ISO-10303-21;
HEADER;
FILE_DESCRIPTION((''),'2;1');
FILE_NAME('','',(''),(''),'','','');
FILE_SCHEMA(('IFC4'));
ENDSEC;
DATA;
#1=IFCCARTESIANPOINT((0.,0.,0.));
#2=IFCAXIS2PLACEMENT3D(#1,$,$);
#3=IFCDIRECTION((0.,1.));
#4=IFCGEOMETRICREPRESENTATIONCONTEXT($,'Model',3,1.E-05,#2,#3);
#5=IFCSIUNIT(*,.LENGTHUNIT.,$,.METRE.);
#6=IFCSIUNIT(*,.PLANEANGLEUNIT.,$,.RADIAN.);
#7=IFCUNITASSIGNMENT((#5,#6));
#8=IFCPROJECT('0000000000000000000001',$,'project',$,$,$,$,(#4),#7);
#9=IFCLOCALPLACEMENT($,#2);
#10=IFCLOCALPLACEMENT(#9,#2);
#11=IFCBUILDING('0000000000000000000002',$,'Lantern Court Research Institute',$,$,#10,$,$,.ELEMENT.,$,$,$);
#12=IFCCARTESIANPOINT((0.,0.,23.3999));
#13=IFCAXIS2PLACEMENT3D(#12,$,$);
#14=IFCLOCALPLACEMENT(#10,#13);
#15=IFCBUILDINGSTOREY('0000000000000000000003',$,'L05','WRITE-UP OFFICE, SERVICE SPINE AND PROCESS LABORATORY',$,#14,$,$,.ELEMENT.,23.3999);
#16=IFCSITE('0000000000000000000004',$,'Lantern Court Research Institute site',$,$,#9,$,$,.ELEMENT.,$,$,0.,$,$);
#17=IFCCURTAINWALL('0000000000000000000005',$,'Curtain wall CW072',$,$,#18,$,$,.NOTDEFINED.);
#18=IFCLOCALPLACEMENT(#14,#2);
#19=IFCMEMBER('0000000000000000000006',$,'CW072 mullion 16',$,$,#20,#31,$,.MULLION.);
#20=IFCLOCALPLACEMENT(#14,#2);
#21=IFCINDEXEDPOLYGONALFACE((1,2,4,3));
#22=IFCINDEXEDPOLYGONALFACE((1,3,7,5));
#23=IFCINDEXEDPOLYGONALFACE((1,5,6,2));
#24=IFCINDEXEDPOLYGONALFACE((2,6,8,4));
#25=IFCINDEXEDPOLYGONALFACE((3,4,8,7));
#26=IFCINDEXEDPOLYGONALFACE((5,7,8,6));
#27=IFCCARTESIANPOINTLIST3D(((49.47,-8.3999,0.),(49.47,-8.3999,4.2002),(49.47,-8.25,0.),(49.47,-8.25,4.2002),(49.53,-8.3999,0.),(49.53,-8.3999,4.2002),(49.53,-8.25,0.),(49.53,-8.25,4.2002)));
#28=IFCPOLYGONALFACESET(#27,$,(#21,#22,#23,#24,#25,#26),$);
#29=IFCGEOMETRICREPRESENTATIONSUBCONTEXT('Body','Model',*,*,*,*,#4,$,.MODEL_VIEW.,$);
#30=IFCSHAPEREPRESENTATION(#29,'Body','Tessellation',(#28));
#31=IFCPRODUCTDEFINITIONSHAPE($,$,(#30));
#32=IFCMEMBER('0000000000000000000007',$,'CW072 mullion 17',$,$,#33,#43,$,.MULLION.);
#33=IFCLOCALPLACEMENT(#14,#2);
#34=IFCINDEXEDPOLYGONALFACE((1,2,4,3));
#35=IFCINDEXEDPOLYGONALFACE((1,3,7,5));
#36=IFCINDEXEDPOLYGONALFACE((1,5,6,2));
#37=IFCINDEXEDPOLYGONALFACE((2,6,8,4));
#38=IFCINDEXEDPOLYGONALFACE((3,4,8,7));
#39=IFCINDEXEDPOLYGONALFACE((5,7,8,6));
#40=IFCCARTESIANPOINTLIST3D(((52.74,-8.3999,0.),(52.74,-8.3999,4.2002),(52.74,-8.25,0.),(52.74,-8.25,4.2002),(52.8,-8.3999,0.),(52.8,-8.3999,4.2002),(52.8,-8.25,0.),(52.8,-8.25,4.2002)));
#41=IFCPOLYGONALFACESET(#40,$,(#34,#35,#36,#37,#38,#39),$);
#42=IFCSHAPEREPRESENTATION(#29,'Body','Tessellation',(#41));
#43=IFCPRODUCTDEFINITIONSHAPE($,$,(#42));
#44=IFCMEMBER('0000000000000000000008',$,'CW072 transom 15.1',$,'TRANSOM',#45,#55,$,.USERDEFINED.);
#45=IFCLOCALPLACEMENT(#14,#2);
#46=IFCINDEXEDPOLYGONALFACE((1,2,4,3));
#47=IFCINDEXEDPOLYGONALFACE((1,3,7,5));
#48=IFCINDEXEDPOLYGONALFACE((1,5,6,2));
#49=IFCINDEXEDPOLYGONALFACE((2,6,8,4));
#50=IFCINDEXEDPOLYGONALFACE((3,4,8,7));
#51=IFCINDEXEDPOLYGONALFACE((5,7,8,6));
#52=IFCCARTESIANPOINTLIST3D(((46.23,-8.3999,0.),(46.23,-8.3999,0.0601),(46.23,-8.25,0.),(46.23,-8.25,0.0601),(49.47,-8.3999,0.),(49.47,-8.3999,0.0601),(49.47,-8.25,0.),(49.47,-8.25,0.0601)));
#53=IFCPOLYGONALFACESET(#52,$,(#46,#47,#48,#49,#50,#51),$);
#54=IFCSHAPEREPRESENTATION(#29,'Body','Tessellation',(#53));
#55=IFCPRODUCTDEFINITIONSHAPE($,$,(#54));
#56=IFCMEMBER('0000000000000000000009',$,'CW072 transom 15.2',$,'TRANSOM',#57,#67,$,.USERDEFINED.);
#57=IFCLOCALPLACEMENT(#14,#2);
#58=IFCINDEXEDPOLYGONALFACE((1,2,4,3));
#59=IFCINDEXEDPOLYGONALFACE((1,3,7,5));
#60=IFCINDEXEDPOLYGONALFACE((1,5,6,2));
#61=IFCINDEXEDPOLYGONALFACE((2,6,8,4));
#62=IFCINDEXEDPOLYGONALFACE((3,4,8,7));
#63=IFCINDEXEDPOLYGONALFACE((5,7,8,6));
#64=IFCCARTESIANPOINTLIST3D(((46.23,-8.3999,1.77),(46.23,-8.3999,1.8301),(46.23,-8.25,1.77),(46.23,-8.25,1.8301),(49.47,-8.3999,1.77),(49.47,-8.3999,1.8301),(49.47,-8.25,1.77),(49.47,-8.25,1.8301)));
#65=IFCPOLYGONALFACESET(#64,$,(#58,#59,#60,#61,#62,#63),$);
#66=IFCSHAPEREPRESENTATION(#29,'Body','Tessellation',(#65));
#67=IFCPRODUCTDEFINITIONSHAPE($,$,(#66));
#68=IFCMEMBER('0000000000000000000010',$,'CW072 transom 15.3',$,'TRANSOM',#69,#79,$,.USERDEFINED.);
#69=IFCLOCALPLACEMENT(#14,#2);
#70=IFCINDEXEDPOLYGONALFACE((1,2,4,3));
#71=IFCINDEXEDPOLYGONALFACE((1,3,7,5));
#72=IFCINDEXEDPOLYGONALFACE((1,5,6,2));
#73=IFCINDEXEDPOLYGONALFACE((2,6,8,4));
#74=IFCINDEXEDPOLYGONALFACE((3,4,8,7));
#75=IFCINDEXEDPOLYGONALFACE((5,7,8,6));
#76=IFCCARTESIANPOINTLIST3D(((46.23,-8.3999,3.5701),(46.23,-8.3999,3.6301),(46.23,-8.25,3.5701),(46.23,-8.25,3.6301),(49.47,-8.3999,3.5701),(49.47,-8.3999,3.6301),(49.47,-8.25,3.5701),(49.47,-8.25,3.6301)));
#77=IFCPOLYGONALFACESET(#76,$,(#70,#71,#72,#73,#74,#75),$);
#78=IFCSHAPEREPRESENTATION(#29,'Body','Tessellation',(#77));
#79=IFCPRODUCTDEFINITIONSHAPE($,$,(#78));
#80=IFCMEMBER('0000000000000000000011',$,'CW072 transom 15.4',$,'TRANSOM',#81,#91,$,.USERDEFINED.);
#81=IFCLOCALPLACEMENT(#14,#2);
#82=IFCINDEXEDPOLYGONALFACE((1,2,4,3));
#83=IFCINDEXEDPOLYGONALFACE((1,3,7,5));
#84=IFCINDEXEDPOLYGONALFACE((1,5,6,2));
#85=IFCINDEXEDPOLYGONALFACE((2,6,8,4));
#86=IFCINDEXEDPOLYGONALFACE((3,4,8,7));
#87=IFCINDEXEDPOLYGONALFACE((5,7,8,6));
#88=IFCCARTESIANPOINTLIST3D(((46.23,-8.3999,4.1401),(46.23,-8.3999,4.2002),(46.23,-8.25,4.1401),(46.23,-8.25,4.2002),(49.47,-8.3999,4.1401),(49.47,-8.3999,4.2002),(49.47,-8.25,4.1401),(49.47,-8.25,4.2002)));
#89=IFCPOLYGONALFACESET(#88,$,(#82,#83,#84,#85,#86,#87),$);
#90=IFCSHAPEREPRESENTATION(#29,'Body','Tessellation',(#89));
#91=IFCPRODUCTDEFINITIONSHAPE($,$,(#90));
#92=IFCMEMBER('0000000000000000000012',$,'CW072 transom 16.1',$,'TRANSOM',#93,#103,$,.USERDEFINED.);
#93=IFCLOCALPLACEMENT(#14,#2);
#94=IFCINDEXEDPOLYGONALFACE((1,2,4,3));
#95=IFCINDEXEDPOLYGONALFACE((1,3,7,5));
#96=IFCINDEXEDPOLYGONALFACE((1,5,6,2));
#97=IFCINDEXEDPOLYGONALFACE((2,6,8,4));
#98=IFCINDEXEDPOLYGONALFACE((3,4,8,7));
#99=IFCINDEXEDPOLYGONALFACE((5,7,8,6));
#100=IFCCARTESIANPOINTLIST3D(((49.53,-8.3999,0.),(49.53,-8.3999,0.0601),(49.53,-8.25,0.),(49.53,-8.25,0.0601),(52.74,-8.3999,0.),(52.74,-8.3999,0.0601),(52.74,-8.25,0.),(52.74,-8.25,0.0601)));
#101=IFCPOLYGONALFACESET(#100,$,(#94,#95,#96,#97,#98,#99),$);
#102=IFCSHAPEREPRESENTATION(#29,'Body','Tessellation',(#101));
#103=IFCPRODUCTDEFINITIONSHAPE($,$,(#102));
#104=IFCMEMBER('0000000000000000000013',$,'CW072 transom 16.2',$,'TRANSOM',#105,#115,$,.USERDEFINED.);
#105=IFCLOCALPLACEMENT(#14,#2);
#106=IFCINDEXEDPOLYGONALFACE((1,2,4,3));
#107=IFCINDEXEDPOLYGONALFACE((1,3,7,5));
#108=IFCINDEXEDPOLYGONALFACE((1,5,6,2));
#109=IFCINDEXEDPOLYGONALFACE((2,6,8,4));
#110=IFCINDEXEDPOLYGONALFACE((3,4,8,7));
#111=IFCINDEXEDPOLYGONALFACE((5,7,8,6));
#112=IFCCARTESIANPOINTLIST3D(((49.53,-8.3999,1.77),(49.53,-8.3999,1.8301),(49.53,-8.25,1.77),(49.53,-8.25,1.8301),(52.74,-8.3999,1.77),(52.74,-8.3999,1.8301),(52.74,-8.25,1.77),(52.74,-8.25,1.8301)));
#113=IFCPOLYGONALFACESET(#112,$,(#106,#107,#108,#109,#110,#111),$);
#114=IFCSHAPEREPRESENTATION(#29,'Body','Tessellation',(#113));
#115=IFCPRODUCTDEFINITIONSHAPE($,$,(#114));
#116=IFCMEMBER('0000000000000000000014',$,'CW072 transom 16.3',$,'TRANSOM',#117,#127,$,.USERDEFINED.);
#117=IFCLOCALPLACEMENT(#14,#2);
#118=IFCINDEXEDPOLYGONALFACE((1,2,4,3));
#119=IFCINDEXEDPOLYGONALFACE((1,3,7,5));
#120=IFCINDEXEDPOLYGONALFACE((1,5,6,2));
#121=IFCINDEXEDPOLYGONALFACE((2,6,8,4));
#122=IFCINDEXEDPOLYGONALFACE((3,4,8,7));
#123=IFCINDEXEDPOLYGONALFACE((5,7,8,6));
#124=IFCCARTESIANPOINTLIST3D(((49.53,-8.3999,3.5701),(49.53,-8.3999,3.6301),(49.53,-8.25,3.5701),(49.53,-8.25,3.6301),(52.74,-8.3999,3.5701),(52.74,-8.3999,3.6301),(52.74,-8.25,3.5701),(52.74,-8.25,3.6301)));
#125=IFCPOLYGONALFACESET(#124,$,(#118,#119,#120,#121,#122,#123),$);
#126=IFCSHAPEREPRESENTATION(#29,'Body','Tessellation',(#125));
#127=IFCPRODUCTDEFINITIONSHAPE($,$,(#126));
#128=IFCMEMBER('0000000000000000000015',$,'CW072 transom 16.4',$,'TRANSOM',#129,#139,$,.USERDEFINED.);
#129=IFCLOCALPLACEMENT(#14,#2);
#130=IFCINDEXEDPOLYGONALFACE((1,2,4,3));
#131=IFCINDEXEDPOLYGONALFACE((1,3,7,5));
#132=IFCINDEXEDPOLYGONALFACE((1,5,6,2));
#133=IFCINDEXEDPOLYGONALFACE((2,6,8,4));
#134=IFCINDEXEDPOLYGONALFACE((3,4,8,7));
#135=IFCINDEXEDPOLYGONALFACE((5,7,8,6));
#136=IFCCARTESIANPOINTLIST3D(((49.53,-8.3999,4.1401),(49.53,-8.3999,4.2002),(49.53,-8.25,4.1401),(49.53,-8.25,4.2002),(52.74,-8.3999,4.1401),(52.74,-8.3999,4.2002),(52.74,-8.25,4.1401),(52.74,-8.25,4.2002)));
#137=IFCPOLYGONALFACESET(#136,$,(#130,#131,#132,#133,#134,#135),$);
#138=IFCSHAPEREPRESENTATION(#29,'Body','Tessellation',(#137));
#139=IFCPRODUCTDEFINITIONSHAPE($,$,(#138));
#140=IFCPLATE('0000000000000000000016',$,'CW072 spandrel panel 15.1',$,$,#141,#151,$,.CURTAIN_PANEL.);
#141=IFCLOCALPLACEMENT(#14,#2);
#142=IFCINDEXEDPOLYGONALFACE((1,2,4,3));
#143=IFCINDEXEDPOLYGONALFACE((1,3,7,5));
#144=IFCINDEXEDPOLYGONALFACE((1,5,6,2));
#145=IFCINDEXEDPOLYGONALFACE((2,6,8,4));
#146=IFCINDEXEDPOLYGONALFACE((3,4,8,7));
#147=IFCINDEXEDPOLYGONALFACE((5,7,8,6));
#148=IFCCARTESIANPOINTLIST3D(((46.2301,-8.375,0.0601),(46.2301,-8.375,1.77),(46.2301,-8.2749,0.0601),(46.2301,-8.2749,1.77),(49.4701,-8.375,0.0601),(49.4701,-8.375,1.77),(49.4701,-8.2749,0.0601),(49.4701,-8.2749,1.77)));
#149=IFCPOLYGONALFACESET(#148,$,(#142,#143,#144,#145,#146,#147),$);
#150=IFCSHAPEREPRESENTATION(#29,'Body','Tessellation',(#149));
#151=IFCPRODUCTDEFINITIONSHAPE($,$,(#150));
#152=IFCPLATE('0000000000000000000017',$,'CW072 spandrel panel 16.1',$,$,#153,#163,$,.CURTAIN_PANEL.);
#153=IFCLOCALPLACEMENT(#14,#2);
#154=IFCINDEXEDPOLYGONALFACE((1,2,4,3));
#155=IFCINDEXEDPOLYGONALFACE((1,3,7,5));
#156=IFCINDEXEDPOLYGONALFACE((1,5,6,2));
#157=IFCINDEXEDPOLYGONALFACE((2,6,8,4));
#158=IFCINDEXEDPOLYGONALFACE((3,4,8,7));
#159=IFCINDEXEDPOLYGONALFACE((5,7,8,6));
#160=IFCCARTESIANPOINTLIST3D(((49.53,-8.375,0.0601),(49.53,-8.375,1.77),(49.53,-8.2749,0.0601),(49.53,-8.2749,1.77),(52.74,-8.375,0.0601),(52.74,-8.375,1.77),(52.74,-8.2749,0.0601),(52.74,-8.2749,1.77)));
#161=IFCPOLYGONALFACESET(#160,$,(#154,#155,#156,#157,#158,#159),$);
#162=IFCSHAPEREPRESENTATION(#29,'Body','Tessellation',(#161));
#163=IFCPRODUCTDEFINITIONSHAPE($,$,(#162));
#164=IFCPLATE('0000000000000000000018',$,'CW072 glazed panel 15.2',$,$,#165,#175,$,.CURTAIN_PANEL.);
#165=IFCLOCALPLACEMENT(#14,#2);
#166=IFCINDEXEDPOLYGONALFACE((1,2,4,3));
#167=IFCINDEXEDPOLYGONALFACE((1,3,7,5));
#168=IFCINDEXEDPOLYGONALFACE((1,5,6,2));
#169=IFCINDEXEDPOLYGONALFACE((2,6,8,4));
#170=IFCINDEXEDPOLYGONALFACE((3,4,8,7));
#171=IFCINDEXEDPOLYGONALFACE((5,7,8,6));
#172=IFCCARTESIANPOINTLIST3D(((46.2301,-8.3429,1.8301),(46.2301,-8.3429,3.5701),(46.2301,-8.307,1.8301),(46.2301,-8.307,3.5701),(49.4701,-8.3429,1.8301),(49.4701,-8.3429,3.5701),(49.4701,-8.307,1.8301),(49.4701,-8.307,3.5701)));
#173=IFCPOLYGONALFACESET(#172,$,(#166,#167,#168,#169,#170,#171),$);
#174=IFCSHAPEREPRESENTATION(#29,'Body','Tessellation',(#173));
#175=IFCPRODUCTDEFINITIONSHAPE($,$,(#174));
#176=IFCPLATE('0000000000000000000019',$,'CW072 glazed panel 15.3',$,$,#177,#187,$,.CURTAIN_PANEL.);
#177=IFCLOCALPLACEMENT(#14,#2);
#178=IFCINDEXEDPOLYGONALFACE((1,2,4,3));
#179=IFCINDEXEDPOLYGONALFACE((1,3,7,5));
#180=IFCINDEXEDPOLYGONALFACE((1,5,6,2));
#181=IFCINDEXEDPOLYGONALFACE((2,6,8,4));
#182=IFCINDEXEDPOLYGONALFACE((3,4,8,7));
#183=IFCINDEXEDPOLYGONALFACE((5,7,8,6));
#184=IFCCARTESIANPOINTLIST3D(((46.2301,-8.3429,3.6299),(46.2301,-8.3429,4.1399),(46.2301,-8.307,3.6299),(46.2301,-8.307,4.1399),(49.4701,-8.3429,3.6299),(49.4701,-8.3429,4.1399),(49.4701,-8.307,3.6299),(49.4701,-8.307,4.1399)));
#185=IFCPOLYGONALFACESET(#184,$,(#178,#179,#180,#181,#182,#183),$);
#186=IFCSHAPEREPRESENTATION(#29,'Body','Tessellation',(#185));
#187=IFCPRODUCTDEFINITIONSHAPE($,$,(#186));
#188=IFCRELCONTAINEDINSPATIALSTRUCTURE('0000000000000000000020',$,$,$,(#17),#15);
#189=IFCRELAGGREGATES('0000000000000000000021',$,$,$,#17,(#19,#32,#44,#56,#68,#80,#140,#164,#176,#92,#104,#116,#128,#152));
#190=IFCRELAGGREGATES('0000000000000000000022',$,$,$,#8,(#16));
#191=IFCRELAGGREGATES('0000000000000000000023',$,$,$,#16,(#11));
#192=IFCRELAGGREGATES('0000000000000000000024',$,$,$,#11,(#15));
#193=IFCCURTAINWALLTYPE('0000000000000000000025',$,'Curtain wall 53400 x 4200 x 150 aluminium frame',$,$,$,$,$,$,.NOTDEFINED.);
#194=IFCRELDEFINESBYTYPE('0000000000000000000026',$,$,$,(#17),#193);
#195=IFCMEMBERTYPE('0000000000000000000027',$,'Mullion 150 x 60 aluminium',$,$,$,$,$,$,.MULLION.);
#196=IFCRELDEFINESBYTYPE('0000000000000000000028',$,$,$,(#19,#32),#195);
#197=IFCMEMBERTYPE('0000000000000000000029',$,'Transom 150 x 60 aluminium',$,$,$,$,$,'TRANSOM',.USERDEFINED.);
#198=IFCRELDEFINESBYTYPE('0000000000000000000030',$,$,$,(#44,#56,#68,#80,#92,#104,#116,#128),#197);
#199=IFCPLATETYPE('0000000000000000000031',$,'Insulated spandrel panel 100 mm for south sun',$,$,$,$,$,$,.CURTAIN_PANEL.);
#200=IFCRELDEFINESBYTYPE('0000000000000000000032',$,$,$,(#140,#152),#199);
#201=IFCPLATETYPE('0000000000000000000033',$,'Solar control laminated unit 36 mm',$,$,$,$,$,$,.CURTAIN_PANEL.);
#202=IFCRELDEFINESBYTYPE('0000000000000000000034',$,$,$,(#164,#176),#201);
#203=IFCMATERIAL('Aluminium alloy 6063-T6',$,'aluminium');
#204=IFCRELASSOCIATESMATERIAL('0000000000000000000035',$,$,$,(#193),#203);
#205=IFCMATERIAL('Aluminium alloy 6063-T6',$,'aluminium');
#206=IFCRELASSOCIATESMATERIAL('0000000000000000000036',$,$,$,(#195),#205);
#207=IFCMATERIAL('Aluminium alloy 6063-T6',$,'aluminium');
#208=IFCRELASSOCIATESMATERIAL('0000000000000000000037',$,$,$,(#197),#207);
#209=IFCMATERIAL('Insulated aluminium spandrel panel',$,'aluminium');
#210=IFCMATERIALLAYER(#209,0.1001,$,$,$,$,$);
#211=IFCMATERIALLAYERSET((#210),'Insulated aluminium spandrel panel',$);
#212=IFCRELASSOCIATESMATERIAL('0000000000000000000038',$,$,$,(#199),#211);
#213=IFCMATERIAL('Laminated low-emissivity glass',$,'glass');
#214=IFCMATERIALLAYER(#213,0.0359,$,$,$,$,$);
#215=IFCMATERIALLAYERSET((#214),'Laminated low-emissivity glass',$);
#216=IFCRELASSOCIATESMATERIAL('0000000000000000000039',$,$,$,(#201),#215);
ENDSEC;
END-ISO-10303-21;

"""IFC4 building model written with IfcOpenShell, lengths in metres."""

from ifc_helpers import new_model, si_unit, direction, frame, origin, origin_2d, place, context, subcontext, project, spatial, rectangle, extrude, material, layer, layer_set, material_profile, profile_set, type_object, element, aggregate, save


model = new_model("IFC4")

# Units and contexts
model_context = context("Model", 3, precision=1e-05, world=origin(), true_north=direction((0.0, 1.0)))
body_context = subcontext(model_context, "Body", "Model", "MODEL_VIEW")
ifc_project = project(units=[si_unit("LENGTHUNIT", "METRE"), si_unit("PLANEANGLEUNIT", "RADIAN")], contexts=[model_context])

# Site, building, storey
site_placement = place(None, origin())
site = spatial("IfcSite", under=ifc_project, at=site_placement, Name="Lantern Court Research Institute site", CompositionType="ELEMENT", RefElevation=0.0)
building_placement = place(site_placement, origin())
building = spatial("IfcBuilding", under=site, at=building_placement, Name="Lantern Court Research Institute", CompositionType="ELEMENT")
storey_placement = place(building_placement, frame((0.0, 0.0, 23.3999)))
storey = spatial("IfcBuildingStorey", under=building, at=storey_placement, Name="L05", Description="WRITE-UP OFFICE, SERVICE SPINE AND PROCESS LABORATORY", CompositionType="ELEMENT", Elevation=23.3999)

# Curtain wall, members, plates
ifc_material_1 = material(Name="Aluminium alloy 6063-T6", Category="aluminium")
curtain_wall_type = type_object("IfcCurtainWallType", Name="Curtain wall 53400 x 4200 x 150 aluminium frame", PredefinedType="NOTDEFINED", material=ifc_material_1)
curtain_wall_placement = place(storey_placement, origin())
curtain_wall = element("IfcCurtainWall", 1, at=curtain_wall_placement, inside=storey, type_object=curtain_wall_type, Name="Curtain wall CW072", PredefinedType="NOTDEFINED")
ifc_material_2 = material(Name="Aluminium alloy 6063-T6", Category="aluminium")
ifc_material_profile_1 = material_profile(ifc_material_2, rectangle(XDim=0.1499, YDim=0.0601, at=origin_2d()), Name="Mullion 150 x 60")
ifc_profile_set_1 = profile_set([ifc_material_profile_1], Name="Aluminium alloy 6063-T6")
member_type_1 = type_object("IfcMemberType", Name="Mullion 150 x 60 aluminium", PredefinedType="MULLION", material=ifc_profile_set_1)
member_1_placement = place(storey_placement, frame((49.5, -8.325, 0.0), z_axis=(0.0, 0.0, 1.0), x_axis=(0.0, -1.0, 0.0)))
member_1 = element("IfcMember", 2, at=member_1_placement, type_object=member_type_1, Name="CW072 mullion 16", PredefinedType="MULLION", context=body_context, shape_type="SweptSolid", body=[
    extrude(rectangle(XDim=0.1499, YDim=0.0601, at=origin_2d()), origin(), (0.0, 0.0, 1.0), 4.2002),
])
member_2_placement = place(storey_placement, frame((52.77, -8.325, 0.0), z_axis=(0.0, 0.0, 1.0), x_axis=(0.0, -1.0, 0.0)))
member_2 = element("IfcMember", 3, at=member_2_placement, type_object=member_type_1, Name="CW072 mullion 17", PredefinedType="MULLION", context=body_context, shape_type="SweptSolid", body=[
    extrude(rectangle(XDim=0.1499, YDim=0.0601, at=origin_2d()), origin(), (0.0, 0.0, 1.0), 4.2002),
])
ifc_material_3 = material(Name="Aluminium alloy 6063-T6", Category="aluminium")
ifc_material_profile_2 = material_profile(ifc_material_3, rectangle(XDim=0.1499, YDim=0.0601, at=origin_2d()), Name="Transom 150 x 60")
ifc_profile_set_2 = profile_set([ifc_material_profile_2], Name="Aluminium alloy 6063-T6")
member_type_2 = type_object("IfcMemberType", Name="Transom 150 x 60 aluminium", ElementType="TRANSOM", PredefinedType="USERDEFINED", material=ifc_profile_set_2)
member_3_placement = place(storey_placement, frame((49.47, -8.325, 0.03), z_axis=(-1.0, 0.0, 0.0), x_axis=(0.0, -1.0, 0.0)))
member_3 = element("IfcMember", 4, at=member_3_placement, type_object=member_type_2, Name="CW072 transom 15.1", ObjectType="TRANSOM", PredefinedType="USERDEFINED", context=body_context, shape_type="SweptSolid", body=[
    extrude(rectangle(XDim=0.1499, YDim=0.0601, at=origin_2d()), origin(), (0.0, 0.0, 1.0), 3.24),
])
member_4_placement = place(storey_placement, frame((49.47, -8.325, 1.8), z_axis=(-1.0, 0.0, 0.0), x_axis=(0.0, -1.0, 0.0)))
member_4 = element("IfcMember", 5, at=member_4_placement, type_object=member_type_2, Name="CW072 transom 15.2", ObjectType="TRANSOM", PredefinedType="USERDEFINED", context=body_context, shape_type="SweptSolid", body=[
    extrude(rectangle(XDim=0.1499, YDim=0.0601, at=origin_2d()), origin(), (0.0, 0.0, 1.0), 3.24),
])
member_5_placement = place(storey_placement, frame((49.47, -8.325, 3.6001), z_axis=(-1.0, 0.0, 0.0), x_axis=(0.0, -1.0, 0.0)))
member_5 = element("IfcMember", 6, at=member_5_placement, type_object=member_type_2, Name="CW072 transom 15.3", ObjectType="TRANSOM", PredefinedType="USERDEFINED", context=body_context, shape_type="SweptSolid", body=[
    extrude(rectangle(XDim=0.1499, YDim=0.0601, at=origin_2d()), origin(), (0.0, 0.0, 1.0), 3.24),
])
member_6_placement = place(storey_placement, frame((49.47, -8.325, 4.1702), z_axis=(-1.0, 0.0, 0.0), x_axis=(0.0, -1.0, 0.0)))
member_6 = element("IfcMember", 7, at=member_6_placement, type_object=member_type_2, Name="CW072 transom 15.4", ObjectType="TRANSOM", PredefinedType="USERDEFINED", context=body_context, shape_type="SweptSolid", body=[
    extrude(rectangle(XDim=0.1499, YDim=0.0601, at=origin_2d()), origin(), (0.0, 0.0, 1.0), 3.24),
])
member_7_placement = place(storey_placement, frame((52.74, -8.325, 0.03), z_axis=(-1.0, 0.0, 0.0), x_axis=(0.0, -1.0, 0.0)))
member_7 = element("IfcMember", 8, at=member_7_placement, type_object=member_type_2, Name="CW072 transom 16.1", ObjectType="TRANSOM", PredefinedType="USERDEFINED", context=body_context, shape_type="SweptSolid", body=[
    extrude(rectangle(XDim=0.1499, YDim=0.0601, at=origin_2d()), origin(), (0.0, 0.0, 1.0), 3.21),
])
member_8_placement = place(storey_placement, frame((52.74, -8.325, 1.8), z_axis=(-1.0, 0.0, 0.0), x_axis=(0.0, -1.0, 0.0)))
member_8 = element("IfcMember", 9, at=member_8_placement, type_object=member_type_2, Name="CW072 transom 16.2", ObjectType="TRANSOM", PredefinedType="USERDEFINED", context=body_context, shape_type="SweptSolid", body=[
    extrude(rectangle(XDim=0.1499, YDim=0.0601, at=origin_2d()), origin(), (0.0, 0.0, 1.0), 3.21),
])
member_9_placement = place(storey_placement, frame((52.74, -8.325, 3.6001), z_axis=(-1.0, 0.0, 0.0), x_axis=(0.0, -1.0, 0.0)))
member_9 = element("IfcMember", 10, at=member_9_placement, type_object=member_type_2, Name="CW072 transom 16.3", ObjectType="TRANSOM", PredefinedType="USERDEFINED", context=body_context, shape_type="SweptSolid", body=[
    extrude(rectangle(XDim=0.1499, YDim=0.0601, at=origin_2d()), origin(), (0.0, 0.0, 1.0), 3.21),
])
member_10_placement = place(storey_placement, frame((52.74, -8.325, 4.1702), z_axis=(-1.0, 0.0, 0.0), x_axis=(0.0, -1.0, 0.0)))
member_10 = element("IfcMember", 11, at=member_10_placement, type_object=member_type_2, Name="CW072 transom 16.4", ObjectType="TRANSOM", PredefinedType="USERDEFINED", context=body_context, shape_type="SweptSolid", body=[
    extrude(rectangle(XDim=0.1499, YDim=0.0601, at=origin_2d()), origin(), (0.0, 0.0, 1.0), 3.21),
])
ifc_material_4 = material(Name="Insulated aluminium spandrel panel", Category="aluminium")
ifc_layer_1 = layer(ifc_material_4, 0.1001)
ifc_layer_set_1 = layer_set([ifc_layer_1], Name="Insulated aluminium spandrel panel")
plate_type_1 = type_object("IfcPlateType", Name="Insulated spandrel panel 100 mm for south sun", PredefinedType="CURTAIN_PANEL", material=ifc_layer_set_1)
plate_1_placement = place(storey_placement, frame((47.8501, -8.325, 0.0601), z_axis=(0.0, 0.0, 1.0), x_axis=(-1.0, 0.0, 0.0)))
plate_1 = element("IfcPlate", 12, at=plate_1_placement, type_object=plate_type_1, Name="CW072 spandrel panel 15.1", PredefinedType="CURTAIN_PANEL", context=body_context, shape_type="SweptSolid", body=[
    extrude(rectangle(XDim=3.24, YDim=0.1001, at=origin_2d()), origin(), (0.0, 0.0, 1.0), 1.71),
])
plate_2_placement = place(storey_placement, frame((51.135, -8.325, 0.0601), z_axis=(0.0, 0.0, 1.0), x_axis=(-1.0, 0.0, 0.0)))
plate_2 = element("IfcPlate", 13, at=plate_2_placement, type_object=plate_type_1, Name="CW072 spandrel panel 16.1", PredefinedType="CURTAIN_PANEL", context=body_context, shape_type="SweptSolid", body=[
    extrude(rectangle(XDim=3.21, YDim=0.1001, at=origin_2d()), origin(), (0.0, 0.0, 1.0), 1.71),
])
ifc_material_5 = material(Name="Laminated low-emissivity glass", Category="glass")
ifc_layer_2 = layer(ifc_material_5, 0.0359)
ifc_layer_set_2 = layer_set([ifc_layer_2], Name="Laminated low-emissivity glass")
plate_type_2 = type_object("IfcPlateType", Name="Solar control laminated unit 36 mm", PredefinedType="CURTAIN_PANEL", material=ifc_layer_set_2)
plate_3_placement = place(storey_placement, frame((47.8501, -8.325, 1.8301), z_axis=(0.0, 0.0, 1.0), x_axis=(-1.0, 0.0, 0.0)))
plate_3 = element("IfcPlate", 14, at=plate_3_placement, type_object=plate_type_2, Name="CW072 glazed panel 15.2", PredefinedType="CURTAIN_PANEL", context=body_context, shape_type="SweptSolid", body=[
    extrude(rectangle(XDim=3.24, YDim=0.0359, at=origin_2d()), origin(), (0.0, 0.0, 1.0), 1.74),
])
plate_4_placement = place(storey_placement, frame((47.8501, -8.325, 3.6299), z_axis=(0.0, 0.0, 1.0), x_axis=(-1.0, 0.0, 0.0)))
plate_4 = element("IfcPlate", 15, at=plate_4_placement, type_object=plate_type_2, Name="CW072 glazed panel 15.3", PredefinedType="CURTAIN_PANEL", context=body_context, shape_type="SweptSolid", body=[
    extrude(rectangle(XDim=3.24, YDim=0.0359, at=origin_2d()), origin(), (0.0, 0.0, 1.0), 0.51),
])
aggregate(curtain_wall, [member_1, member_2, member_3, member_4, member_5, member_6, plate_1, plate_3, plate_4, member_7, member_8, member_9, member_10, plate_2])

save(model, "model.ifc")
